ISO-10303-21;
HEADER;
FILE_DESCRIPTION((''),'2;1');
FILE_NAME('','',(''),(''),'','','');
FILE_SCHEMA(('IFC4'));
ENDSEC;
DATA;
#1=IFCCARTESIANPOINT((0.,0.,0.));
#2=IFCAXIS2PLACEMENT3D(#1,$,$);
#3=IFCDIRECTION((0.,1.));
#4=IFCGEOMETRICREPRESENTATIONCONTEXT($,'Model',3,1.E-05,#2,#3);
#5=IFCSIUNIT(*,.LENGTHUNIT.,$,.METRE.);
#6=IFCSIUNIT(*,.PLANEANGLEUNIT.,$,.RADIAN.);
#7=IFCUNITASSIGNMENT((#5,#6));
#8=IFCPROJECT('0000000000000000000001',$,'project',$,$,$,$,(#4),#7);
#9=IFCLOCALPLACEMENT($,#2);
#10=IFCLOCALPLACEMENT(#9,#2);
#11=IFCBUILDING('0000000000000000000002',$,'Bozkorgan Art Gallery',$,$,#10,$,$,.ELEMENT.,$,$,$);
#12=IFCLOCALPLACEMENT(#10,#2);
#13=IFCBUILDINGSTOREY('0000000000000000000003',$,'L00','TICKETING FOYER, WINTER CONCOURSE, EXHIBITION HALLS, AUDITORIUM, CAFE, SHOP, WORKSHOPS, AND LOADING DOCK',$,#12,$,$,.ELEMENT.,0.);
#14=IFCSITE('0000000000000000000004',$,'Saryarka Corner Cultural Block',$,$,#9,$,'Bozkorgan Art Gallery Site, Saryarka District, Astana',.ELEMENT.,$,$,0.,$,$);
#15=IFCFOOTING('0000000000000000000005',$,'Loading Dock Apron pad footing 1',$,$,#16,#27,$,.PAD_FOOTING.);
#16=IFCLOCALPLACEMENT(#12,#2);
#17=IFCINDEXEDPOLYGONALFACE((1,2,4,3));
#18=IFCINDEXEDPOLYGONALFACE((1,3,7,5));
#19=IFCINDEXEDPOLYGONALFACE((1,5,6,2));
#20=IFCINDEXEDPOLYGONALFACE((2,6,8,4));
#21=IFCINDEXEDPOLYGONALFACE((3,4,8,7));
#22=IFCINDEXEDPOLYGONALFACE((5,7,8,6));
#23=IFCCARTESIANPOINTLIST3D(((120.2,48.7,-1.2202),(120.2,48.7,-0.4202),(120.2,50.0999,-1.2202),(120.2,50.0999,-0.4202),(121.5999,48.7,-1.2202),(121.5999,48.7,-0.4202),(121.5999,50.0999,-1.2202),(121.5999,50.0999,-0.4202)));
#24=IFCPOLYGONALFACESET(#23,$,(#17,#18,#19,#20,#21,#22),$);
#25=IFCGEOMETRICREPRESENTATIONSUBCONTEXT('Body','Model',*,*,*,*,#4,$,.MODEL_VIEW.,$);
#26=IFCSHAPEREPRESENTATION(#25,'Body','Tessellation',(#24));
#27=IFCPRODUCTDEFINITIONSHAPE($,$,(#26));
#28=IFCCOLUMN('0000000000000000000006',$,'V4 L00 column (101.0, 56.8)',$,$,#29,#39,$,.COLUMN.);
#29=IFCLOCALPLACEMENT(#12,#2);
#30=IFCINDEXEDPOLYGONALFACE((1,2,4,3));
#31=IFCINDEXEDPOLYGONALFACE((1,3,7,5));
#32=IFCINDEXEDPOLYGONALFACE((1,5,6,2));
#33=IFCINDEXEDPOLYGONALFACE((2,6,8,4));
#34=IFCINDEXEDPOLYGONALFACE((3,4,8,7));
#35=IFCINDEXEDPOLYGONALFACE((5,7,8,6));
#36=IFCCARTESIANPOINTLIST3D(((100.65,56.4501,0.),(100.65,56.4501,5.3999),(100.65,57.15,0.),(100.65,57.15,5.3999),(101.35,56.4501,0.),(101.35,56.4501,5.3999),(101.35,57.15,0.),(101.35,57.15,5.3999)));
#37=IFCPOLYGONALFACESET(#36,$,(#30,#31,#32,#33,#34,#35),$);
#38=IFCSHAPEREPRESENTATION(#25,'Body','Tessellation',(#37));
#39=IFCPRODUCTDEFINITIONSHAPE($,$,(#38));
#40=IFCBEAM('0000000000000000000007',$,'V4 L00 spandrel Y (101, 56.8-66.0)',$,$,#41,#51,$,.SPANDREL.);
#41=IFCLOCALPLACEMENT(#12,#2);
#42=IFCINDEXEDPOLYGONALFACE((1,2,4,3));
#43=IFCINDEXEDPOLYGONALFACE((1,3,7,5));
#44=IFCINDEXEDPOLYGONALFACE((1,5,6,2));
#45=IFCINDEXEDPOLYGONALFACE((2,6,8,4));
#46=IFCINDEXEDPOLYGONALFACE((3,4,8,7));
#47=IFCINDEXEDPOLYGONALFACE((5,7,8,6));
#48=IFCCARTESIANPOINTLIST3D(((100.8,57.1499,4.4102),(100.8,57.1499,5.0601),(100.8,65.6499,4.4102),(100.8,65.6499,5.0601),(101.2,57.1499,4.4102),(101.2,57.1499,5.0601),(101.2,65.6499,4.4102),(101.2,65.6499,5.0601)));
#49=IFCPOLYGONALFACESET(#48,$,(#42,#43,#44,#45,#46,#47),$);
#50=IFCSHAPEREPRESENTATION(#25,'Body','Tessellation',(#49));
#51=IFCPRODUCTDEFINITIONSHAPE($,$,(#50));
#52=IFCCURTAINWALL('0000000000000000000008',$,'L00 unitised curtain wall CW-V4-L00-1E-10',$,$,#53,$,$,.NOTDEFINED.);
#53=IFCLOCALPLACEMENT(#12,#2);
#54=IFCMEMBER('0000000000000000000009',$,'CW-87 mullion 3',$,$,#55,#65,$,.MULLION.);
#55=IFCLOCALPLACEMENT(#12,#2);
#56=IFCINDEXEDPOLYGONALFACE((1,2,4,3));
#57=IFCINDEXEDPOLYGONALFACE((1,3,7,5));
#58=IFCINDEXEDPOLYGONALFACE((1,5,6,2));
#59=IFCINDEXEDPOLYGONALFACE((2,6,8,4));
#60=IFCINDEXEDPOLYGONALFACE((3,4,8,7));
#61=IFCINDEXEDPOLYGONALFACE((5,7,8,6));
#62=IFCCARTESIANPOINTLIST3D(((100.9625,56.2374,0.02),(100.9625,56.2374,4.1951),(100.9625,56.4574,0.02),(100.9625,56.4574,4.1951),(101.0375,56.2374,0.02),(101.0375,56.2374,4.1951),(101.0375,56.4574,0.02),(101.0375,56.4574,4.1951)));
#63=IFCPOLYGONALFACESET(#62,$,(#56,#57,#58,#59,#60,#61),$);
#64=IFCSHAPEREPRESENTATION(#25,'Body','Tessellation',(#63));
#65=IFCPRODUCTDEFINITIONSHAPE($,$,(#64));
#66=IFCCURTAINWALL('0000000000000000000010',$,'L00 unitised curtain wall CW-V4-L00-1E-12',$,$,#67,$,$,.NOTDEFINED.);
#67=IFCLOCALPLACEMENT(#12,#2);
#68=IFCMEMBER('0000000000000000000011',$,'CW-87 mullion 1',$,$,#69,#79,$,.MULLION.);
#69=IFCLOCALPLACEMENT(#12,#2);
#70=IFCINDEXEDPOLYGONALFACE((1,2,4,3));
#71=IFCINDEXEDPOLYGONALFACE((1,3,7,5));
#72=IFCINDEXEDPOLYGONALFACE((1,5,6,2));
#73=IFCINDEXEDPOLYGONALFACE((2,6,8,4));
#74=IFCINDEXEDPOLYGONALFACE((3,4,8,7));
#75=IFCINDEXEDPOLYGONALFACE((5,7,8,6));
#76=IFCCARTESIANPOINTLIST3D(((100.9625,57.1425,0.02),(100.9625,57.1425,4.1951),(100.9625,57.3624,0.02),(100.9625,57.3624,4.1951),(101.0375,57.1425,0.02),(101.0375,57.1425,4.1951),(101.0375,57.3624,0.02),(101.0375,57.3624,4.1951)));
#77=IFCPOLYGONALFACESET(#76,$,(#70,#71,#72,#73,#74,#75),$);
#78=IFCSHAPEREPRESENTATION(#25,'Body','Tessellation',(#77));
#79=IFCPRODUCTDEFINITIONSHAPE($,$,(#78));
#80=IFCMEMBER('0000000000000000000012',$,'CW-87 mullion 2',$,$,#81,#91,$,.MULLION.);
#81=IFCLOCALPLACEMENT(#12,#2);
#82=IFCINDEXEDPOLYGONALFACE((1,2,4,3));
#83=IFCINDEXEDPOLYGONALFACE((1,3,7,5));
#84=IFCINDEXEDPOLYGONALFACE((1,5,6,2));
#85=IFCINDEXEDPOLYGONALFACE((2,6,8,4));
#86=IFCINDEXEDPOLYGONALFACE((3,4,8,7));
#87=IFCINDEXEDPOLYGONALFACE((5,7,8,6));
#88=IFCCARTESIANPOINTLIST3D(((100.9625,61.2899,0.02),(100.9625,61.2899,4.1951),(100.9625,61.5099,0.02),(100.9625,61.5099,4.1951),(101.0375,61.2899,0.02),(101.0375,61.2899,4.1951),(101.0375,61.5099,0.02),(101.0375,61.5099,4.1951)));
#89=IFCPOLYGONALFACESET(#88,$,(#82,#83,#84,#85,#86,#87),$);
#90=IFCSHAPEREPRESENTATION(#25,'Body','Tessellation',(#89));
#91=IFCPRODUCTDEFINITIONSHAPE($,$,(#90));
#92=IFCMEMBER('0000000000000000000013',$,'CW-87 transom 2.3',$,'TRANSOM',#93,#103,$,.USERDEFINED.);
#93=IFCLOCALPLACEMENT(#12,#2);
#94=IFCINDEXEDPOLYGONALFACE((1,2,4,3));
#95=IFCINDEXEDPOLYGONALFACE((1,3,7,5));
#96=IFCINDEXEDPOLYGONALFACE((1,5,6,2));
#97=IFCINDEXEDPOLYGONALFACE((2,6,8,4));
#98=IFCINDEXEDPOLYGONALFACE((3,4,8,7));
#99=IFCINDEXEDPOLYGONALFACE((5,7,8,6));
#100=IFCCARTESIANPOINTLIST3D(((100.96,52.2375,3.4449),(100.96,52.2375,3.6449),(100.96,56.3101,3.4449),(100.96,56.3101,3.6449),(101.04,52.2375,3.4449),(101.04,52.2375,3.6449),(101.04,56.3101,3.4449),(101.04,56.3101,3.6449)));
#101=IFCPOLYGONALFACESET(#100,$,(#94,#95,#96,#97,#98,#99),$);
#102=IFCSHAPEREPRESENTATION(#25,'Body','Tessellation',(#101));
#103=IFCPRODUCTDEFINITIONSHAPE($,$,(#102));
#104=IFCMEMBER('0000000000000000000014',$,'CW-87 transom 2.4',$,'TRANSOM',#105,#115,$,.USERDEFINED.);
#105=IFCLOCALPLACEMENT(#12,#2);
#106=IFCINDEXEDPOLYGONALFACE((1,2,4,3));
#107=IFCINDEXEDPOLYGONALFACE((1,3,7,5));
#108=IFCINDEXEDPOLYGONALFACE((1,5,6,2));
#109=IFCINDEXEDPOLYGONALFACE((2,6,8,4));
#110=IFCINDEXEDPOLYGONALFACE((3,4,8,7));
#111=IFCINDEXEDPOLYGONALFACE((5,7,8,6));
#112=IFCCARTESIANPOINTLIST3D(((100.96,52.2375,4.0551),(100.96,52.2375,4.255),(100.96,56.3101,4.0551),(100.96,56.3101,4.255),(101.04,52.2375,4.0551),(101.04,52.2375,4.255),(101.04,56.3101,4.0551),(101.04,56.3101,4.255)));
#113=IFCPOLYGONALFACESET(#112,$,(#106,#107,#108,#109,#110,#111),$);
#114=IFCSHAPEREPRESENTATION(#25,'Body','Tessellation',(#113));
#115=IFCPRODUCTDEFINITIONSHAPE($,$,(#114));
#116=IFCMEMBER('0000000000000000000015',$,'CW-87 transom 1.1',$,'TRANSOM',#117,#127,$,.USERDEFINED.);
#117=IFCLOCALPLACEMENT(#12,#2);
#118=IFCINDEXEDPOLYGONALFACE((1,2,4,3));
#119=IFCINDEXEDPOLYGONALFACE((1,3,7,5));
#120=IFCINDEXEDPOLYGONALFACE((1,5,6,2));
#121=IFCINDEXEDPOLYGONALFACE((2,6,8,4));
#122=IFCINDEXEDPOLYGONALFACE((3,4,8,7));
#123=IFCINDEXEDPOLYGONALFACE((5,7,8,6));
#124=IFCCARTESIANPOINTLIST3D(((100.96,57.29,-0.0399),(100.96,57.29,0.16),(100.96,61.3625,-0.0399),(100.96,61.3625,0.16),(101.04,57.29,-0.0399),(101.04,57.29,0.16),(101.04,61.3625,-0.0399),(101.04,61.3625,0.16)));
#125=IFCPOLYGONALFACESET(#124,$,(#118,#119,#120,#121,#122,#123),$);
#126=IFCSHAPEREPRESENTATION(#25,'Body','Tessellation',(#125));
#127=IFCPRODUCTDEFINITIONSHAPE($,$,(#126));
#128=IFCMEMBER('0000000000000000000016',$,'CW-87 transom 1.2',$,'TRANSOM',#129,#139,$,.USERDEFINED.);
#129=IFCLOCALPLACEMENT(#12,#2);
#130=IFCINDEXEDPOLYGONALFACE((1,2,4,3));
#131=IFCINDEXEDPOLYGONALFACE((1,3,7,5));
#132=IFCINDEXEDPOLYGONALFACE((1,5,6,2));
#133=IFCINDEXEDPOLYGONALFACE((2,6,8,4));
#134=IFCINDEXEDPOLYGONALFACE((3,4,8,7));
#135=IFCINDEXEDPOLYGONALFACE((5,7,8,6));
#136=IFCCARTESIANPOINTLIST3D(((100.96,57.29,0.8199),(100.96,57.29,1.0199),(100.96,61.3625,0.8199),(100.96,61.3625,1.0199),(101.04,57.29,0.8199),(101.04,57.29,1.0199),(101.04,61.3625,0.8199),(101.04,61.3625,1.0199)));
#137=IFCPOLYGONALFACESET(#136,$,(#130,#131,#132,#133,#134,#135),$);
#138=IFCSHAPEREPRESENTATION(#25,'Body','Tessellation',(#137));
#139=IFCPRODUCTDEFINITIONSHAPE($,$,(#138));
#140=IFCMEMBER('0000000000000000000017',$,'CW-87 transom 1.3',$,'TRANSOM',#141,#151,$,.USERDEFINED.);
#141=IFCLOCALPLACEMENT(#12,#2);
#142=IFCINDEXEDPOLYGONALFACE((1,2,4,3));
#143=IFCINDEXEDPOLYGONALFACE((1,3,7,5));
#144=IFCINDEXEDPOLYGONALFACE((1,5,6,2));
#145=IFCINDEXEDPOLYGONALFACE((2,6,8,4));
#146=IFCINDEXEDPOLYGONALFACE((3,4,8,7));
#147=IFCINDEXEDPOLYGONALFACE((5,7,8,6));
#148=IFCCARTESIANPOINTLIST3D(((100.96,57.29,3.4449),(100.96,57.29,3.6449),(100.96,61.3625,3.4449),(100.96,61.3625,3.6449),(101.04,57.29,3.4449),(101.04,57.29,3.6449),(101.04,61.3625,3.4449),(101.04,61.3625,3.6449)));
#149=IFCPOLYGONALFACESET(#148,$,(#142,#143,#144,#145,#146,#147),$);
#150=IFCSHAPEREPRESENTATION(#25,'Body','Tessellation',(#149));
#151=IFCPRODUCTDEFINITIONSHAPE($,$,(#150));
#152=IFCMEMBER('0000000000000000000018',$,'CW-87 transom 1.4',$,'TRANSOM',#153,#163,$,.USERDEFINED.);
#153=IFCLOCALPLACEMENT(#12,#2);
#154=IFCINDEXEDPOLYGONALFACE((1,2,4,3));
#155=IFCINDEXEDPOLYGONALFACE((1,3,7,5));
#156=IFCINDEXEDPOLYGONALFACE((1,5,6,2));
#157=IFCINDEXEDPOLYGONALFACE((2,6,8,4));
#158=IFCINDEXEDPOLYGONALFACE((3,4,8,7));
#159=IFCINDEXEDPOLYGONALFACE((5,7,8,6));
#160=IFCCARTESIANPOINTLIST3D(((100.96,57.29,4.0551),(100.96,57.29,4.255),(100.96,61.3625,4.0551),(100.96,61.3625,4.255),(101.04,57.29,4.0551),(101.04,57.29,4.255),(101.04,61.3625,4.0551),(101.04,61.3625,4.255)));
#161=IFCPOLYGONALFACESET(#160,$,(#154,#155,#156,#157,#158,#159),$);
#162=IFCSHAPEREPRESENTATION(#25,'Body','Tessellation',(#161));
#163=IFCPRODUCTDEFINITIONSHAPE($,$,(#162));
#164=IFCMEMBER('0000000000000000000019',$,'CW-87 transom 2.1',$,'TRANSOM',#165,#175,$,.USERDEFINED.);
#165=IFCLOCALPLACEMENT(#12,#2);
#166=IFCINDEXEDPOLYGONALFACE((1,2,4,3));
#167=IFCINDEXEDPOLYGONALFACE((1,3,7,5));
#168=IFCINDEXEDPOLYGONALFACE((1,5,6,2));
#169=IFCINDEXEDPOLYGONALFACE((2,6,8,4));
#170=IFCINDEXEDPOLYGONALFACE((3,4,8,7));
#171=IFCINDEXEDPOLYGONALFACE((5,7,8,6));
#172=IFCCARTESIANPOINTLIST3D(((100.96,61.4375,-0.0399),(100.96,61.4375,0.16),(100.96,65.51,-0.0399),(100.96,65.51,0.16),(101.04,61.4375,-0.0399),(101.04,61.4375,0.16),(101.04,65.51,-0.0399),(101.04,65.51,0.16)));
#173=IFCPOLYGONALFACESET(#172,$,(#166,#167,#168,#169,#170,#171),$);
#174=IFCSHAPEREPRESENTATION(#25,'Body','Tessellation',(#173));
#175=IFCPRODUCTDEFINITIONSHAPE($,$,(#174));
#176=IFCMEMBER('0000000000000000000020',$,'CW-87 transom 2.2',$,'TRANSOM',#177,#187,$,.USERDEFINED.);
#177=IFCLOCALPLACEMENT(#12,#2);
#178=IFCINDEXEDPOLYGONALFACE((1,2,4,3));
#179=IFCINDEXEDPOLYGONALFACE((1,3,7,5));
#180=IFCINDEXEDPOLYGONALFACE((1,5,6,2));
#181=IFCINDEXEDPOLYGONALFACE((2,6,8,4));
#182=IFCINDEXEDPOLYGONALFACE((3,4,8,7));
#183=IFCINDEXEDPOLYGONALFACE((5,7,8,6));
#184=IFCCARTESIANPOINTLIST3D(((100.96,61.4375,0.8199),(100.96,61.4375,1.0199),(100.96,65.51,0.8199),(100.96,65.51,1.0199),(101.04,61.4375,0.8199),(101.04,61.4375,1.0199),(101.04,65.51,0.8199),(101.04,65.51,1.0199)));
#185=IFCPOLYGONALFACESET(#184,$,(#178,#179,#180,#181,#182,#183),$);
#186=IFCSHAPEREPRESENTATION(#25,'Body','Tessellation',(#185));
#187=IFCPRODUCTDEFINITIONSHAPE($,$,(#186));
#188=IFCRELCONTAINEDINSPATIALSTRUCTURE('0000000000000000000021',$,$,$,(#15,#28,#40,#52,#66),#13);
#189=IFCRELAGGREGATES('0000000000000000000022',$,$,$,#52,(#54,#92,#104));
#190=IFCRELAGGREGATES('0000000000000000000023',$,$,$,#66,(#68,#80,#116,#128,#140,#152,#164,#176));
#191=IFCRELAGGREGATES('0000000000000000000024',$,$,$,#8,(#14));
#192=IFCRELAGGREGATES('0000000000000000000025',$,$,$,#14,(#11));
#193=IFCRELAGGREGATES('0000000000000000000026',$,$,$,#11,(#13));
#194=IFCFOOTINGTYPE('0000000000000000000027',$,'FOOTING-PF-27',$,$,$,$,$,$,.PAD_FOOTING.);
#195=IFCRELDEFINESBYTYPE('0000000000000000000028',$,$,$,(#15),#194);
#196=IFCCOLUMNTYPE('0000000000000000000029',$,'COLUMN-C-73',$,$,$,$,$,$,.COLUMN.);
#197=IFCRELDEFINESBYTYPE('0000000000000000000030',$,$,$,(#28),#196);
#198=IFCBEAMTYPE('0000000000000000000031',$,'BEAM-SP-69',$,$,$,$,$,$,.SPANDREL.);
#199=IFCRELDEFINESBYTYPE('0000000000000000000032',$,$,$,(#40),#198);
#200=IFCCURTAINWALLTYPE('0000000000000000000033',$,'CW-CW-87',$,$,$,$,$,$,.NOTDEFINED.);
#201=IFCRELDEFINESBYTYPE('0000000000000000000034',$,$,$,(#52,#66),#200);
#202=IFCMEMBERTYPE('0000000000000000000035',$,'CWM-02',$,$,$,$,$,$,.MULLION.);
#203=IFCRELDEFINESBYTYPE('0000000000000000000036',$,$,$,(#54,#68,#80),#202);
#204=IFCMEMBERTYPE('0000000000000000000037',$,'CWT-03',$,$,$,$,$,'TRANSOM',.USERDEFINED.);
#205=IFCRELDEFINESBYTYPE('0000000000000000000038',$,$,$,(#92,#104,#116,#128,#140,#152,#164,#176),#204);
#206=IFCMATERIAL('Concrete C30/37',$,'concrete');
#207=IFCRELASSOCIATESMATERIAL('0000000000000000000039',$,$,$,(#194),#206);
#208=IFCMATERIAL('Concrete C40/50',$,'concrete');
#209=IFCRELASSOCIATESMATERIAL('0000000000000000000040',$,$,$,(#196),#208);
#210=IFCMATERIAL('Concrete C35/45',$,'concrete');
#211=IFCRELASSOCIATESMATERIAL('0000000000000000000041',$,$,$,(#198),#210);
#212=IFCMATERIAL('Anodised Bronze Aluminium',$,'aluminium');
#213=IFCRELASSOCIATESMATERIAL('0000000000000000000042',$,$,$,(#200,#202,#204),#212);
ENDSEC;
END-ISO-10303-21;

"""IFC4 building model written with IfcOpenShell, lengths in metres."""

from ifc_helpers import new_model, si_unit, direction, frame, origin, origin_2d, place, context, subcontext, project, spatial, rectangle, extrude, material, material_profile, profile_set, type_object, element, aggregate, save


model = new_model("IFC4")

# Units and contexts
model_context = context("Model", 3, precision=1e-05, world=origin(), true_north=direction((0.0, 1.0)))
body_context = subcontext(model_context, "Body", "Model", "MODEL_VIEW")
ifc_project = project(units=[si_unit("LENGTHUNIT", "METRE"), si_unit("PLANEANGLEUNIT", "RADIAN")], contexts=[model_context])

# Site, building, storey
site_placement = place(None, origin())
site = spatial("IfcSite", under=ifc_project, at=site_placement, Name="Saryarka Corner Cultural Block", LongName="Bozkorgan Art Gallery Site, Saryarka District, Astana", CompositionType="ELEMENT", RefElevation=0.0)
building_placement = place(site_placement, origin())
building = spatial("IfcBuilding", under=site, at=building_placement, Name="Bozkorgan Art Gallery", CompositionType="ELEMENT")
storey_placement = place(building_placement, origin())
storey = spatial("IfcBuildingStorey", under=building, at=storey_placement, Name="L00", Description="TICKETING FOYER, WINTER CONCOURSE, EXHIBITION HALLS, AUDITORIUM, CAFE, SHOP, WORKSHOPS, AND LOADING DOCK", CompositionType="ELEMENT", Elevation=0.0)

# Footing
ifc_material_1 = material(Name="Concrete C30/37", Category="concrete")
footing_type = type_object("IfcFootingType", Name="FOOTING-PF-27", PredefinedType="PAD_FOOTING", material=ifc_material_1)
footing_placement = place(storey_placement, frame((120.8999, 49.3999, -1.2202), z_axis=(0.0, 0.0, 1.0), x_axis=(1.0, 0.0, 0.0)))
element("IfcFooting", 1, at=footing_placement, inside=storey, type_object=footing_type, Name="Loading Dock Apron pad footing 1", PredefinedType="PAD_FOOTING", context=body_context, shape_type="SweptSolid", body=[
    extrude(rectangle(XDim=1.3999, YDim=1.3999, at=origin_2d()), origin(), (0.0, 0.0, 1.0), 0.8),
])

# Column
ifc_material_2 = material(Name="Concrete C40/50", Category="concrete")
ifc_material_profile_1 = material_profile(ifc_material_2, rectangle(XDim=0.7, YDim=0.7, at=origin_2d()), Name="RC 700x700")
ifc_profile_set_1 = profile_set([ifc_material_profile_1], Name="Concrete C40/50")
column_type = type_object("IfcColumnType", Name="COLUMN-C-73", PredefinedType="COLUMN", material=ifc_profile_set_1)
column_placement = place(storey_placement, frame((101.0, 56.8, 0.0), z_axis=(0.0, 0.0, 1.0), x_axis=(1.0, 0.0, 0.0)))
element("IfcColumn", 2, at=column_placement, inside=storey, type_object=column_type, Name="V4 L00 column (101.0, 56.8)", PredefinedType="COLUMN", context=body_context, shape_type="SweptSolid", body=[
    extrude(rectangle(XDim=0.7, YDim=0.7, at=origin_2d()), origin(), (0.0, 0.0, 1.0), 5.3999),
])

# Beam
ifc_material_3 = material(Name="Concrete C35/45", Category="concrete")
ifc_material_profile_2 = material_profile(ifc_material_3, rectangle(XDim=0.3999, YDim=0.6499, at=origin_2d()), Name="RC 400x650")
ifc_profile_set_2 = profile_set([ifc_material_profile_2], Name="Concrete C35/45")
beam_type = type_object("IfcBeamType", Name="BEAM-SP-69", PredefinedType="SPANDREL", material=ifc_profile_set_2)
beam_placement = place(storey_placement, frame((101.0, 57.1499, 4.7351), z_axis=(0.0, 1.0, 0.0), x_axis=(-1.0, 0.0, 0.0)))
element("IfcBeam", 3, at=beam_placement, inside=storey, type_object=beam_type, Name="V4 L00 spandrel Y (101, 56.8-66.0)", PredefinedType="SPANDREL", context=body_context, shape_type="SweptSolid", body=[
    extrude(rectangle(XDim=0.3999, YDim=0.6499, at=origin_2d()), origin(), (0.0, 0.0, 1.0), 8.5),
])

# Curtain wall, member
ifc_material_4 = material(Name="Anodised Bronze Aluminium", Category="aluminium")
curtain_wall_type = type_object("IfcCurtainWallType", Name="CW-CW-87", PredefinedType="NOTDEFINED", material=ifc_material_4)
curtain_wall_1_placement = place(storey_placement, origin())
curtain_wall_1 = element("IfcCurtainWall", 4, at=curtain_wall_1_placement, inside=storey, type_object=curtain_wall_type, Name="L00 unitised curtain wall CW-V4-L00-1E-10", PredefinedType="NOTDEFINED")
ifc_material_profile_3 = material_profile(ifc_material_4, rectangle(XDim=0.075, YDim=0.22, at=origin_2d()), Name="ALU MULLION 75x220")
ifc_profile_set_3 = profile_set([ifc_material_profile_3], Name="Anodised Bronze Aluminium")
member_type_1 = type_object("IfcMemberType", Name="CWM-02", PredefinedType="MULLION", material=ifc_profile_set_3)
member_1_placement = place(storey_placement, frame((101.0, 56.3474, 0.02), z_axis=(0.0, 0.0, 1.0), x_axis=(-1.0, 0.0, 0.0)))
member_1 = element("IfcMember", 5, at=member_1_placement, type_object=member_type_1, Name="CW-87 mullion 3", PredefinedType="MULLION", context=body_context, shape_type="SweptSolid", body=[
    extrude(rectangle(XDim=0.075, YDim=0.22, at=origin_2d()), origin(), (0.0, 0.0, 1.0), 4.175),
])

# Curtain wall, members
curtain_wall_2_placement = place(storey_placement, origin())
curtain_wall_2 = element("IfcCurtainWall", 6, at=curtain_wall_2_placement, inside=storey, type_object=curtain_wall_type, Name="L00 unitised curtain wall CW-V4-L00-1E-12", PredefinedType="NOTDEFINED")
member_2_placement = place(storey_placement, frame((101.0, 57.2524, 0.02), z_axis=(0.0, 0.0, 1.0), x_axis=(-1.0, 0.0, 0.0)))
member_2 = element("IfcMember", 7, at=member_2_placement, type_object=member_type_1, Name="CW-87 mullion 1", PredefinedType="MULLION", context=body_context, shape_type="SweptSolid", body=[
    extrude(rectangle(XDim=0.075, YDim=0.22, at=origin_2d()), origin(), (0.0, 0.0, 1.0), 4.175),
])
member_3_placement = place(storey_placement, frame((101.0, 61.3999, 0.02), z_axis=(0.0, 0.0, 1.0), x_axis=(-1.0, 0.0, 0.0)))
member_3 = element("IfcMember", 8, at=member_3_placement, type_object=member_type_1, Name="CW-87 mullion 2", PredefinedType="MULLION", context=body_context, shape_type="SweptSolid", body=[
    extrude(rectangle(XDim=0.075, YDim=0.22, at=origin_2d()), origin(), (0.0, 0.0, 1.0), 4.175),
])

# Members
ifc_material_profile_4 = material_profile(ifc_material_4, rectangle(XDim=0.0801, YDim=0.2, at=origin_2d()), Name="ALU TRANSOM 80x200")
ifc_profile_set_4 = profile_set([ifc_material_profile_4], Name="Anodised Bronze Aluminium")
member_type_2 = type_object("IfcMemberType", Name="CWT-03", ElementType="TRANSOM", PredefinedType="USERDEFINED", material=ifc_profile_set_4)
member_4_placement = place(storey_placement, frame((101.0, 52.2375, 3.5449), z_axis=(0.0, 1.0, 0.0), x_axis=(-1.0, 0.0, 0.0)))
member_4 = element("IfcMember", 9, at=member_4_placement, type_object=member_type_2, Name="CW-87 transom 2.3", ObjectType="TRANSOM", PredefinedType="USERDEFINED", context=body_context, shape_type="SweptSolid", body=[
    extrude(rectangle(XDim=0.0801, YDim=0.2, at=origin_2d()), origin(), (0.0, 0.0, 1.0), 4.0725),
])
member_5_placement = place(storey_placement, frame((101.0, 52.2375, 4.155), z_axis=(0.0, 1.0, 0.0), x_axis=(-1.0, 0.0, 0.0)))
member_5 = element("IfcMember", 10, at=member_5_placement, type_object=member_type_2, Name="CW-87 transom 2.4", ObjectType="TRANSOM", PredefinedType="USERDEFINED", context=body_context, shape_type="SweptSolid", body=[
    extrude(rectangle(XDim=0.0801, YDim=0.2, at=origin_2d()), origin(), (0.0, 0.0, 1.0), 4.0725),
])
member_6_placement = place(storey_placement, frame((101.0, 57.29, 0.0601), z_axis=(0.0, 1.0, 0.0), x_axis=(-1.0, 0.0, 0.0)))
member_6 = element("IfcMember", 11, at=member_6_placement, type_object=member_type_2, Name="CW-87 transom 1.1", ObjectType="TRANSOM", PredefinedType="USERDEFINED", context=body_context, shape_type="SweptSolid", body=[
    extrude(rectangle(XDim=0.0801, YDim=0.2, at=origin_2d()), origin(), (0.0, 0.0, 1.0), 4.0725),
])
member_7_placement = place(storey_placement, frame((101.0, 57.29, 0.9199), z_axis=(0.0, 1.0, 0.0), x_axis=(-1.0, 0.0, 0.0)))
member_7 = element("IfcMember", 12, at=member_7_placement, type_object=member_type_2, Name="CW-87 transom 1.2", ObjectType="TRANSOM", PredefinedType="USERDEFINED", context=body_context, shape_type="SweptSolid", body=[
    extrude(rectangle(XDim=0.0801, YDim=0.2, at=origin_2d()), origin(), (0.0, 0.0, 1.0), 4.0725),
])
member_8_placement = place(storey_placement, frame((101.0, 57.29, 3.5449), z_axis=(0.0, 1.0, 0.0), x_axis=(-1.0, 0.0, 0.0)))
member_8 = element("IfcMember", 13, at=member_8_placement, type_object=member_type_2, Name="CW-87 transom 1.3", ObjectType="TRANSOM", PredefinedType="USERDEFINED", context=body_context, shape_type="SweptSolid", body=[
    extrude(rectangle(XDim=0.0801, YDim=0.2, at=origin_2d()), origin(), (0.0, 0.0, 1.0), 4.0725),
])
member_9_placement = place(storey_placement, frame((101.0, 57.29, 4.155), z_axis=(0.0, 1.0, 0.0), x_axis=(-1.0, 0.0, 0.0)))
member_9 = element("IfcMember", 14, at=member_9_placement, type_object=member_type_2, Name="CW-87 transom 1.4", ObjectType="TRANSOM", PredefinedType="USERDEFINED", context=body_context, shape_type="SweptSolid", body=[
    extrude(rectangle(XDim=0.0801, YDim=0.2, at=origin_2d()), origin(), (0.0, 0.0, 1.0), 4.0725),
])
member_10_placement = place(storey_placement, frame((101.0, 61.4375, 0.0601), z_axis=(0.0, 1.0, 0.0), x_axis=(-1.0, 0.0, 0.0)))
member_10 = element("IfcMember", 15, at=member_10_placement, type_object=member_type_2, Name="CW-87 transom 2.1", ObjectType="TRANSOM", PredefinedType="USERDEFINED", context=body_context, shape_type="SweptSolid", body=[
    extrude(rectangle(XDim=0.0801, YDim=0.2, at=origin_2d()), origin(), (0.0, 0.0, 1.0), 4.0725),
])
member_11_placement = place(storey_placement, frame((101.0, 61.4375, 0.9199), z_axis=(0.0, 1.0, 0.0), x_axis=(-1.0, 0.0, 0.0)))
member_11 = element("IfcMember", 16, at=member_11_placement, type_object=member_type_2, Name="CW-87 transom 2.2", ObjectType="TRANSOM", PredefinedType="USERDEFINED", context=body_context, shape_type="SweptSolid", body=[
    extrude(rectangle(XDim=0.0801, YDim=0.2, at=origin_2d()), origin(), (0.0, 0.0, 1.0), 4.0725),
])

aggregate(curtain_wall_1, [member_1, member_4, member_5])
aggregate(curtain_wall_2, [member_2, member_3, member_6, member_7, member_8, member_9, member_10, member_11])

save(model, "model.ifc")
